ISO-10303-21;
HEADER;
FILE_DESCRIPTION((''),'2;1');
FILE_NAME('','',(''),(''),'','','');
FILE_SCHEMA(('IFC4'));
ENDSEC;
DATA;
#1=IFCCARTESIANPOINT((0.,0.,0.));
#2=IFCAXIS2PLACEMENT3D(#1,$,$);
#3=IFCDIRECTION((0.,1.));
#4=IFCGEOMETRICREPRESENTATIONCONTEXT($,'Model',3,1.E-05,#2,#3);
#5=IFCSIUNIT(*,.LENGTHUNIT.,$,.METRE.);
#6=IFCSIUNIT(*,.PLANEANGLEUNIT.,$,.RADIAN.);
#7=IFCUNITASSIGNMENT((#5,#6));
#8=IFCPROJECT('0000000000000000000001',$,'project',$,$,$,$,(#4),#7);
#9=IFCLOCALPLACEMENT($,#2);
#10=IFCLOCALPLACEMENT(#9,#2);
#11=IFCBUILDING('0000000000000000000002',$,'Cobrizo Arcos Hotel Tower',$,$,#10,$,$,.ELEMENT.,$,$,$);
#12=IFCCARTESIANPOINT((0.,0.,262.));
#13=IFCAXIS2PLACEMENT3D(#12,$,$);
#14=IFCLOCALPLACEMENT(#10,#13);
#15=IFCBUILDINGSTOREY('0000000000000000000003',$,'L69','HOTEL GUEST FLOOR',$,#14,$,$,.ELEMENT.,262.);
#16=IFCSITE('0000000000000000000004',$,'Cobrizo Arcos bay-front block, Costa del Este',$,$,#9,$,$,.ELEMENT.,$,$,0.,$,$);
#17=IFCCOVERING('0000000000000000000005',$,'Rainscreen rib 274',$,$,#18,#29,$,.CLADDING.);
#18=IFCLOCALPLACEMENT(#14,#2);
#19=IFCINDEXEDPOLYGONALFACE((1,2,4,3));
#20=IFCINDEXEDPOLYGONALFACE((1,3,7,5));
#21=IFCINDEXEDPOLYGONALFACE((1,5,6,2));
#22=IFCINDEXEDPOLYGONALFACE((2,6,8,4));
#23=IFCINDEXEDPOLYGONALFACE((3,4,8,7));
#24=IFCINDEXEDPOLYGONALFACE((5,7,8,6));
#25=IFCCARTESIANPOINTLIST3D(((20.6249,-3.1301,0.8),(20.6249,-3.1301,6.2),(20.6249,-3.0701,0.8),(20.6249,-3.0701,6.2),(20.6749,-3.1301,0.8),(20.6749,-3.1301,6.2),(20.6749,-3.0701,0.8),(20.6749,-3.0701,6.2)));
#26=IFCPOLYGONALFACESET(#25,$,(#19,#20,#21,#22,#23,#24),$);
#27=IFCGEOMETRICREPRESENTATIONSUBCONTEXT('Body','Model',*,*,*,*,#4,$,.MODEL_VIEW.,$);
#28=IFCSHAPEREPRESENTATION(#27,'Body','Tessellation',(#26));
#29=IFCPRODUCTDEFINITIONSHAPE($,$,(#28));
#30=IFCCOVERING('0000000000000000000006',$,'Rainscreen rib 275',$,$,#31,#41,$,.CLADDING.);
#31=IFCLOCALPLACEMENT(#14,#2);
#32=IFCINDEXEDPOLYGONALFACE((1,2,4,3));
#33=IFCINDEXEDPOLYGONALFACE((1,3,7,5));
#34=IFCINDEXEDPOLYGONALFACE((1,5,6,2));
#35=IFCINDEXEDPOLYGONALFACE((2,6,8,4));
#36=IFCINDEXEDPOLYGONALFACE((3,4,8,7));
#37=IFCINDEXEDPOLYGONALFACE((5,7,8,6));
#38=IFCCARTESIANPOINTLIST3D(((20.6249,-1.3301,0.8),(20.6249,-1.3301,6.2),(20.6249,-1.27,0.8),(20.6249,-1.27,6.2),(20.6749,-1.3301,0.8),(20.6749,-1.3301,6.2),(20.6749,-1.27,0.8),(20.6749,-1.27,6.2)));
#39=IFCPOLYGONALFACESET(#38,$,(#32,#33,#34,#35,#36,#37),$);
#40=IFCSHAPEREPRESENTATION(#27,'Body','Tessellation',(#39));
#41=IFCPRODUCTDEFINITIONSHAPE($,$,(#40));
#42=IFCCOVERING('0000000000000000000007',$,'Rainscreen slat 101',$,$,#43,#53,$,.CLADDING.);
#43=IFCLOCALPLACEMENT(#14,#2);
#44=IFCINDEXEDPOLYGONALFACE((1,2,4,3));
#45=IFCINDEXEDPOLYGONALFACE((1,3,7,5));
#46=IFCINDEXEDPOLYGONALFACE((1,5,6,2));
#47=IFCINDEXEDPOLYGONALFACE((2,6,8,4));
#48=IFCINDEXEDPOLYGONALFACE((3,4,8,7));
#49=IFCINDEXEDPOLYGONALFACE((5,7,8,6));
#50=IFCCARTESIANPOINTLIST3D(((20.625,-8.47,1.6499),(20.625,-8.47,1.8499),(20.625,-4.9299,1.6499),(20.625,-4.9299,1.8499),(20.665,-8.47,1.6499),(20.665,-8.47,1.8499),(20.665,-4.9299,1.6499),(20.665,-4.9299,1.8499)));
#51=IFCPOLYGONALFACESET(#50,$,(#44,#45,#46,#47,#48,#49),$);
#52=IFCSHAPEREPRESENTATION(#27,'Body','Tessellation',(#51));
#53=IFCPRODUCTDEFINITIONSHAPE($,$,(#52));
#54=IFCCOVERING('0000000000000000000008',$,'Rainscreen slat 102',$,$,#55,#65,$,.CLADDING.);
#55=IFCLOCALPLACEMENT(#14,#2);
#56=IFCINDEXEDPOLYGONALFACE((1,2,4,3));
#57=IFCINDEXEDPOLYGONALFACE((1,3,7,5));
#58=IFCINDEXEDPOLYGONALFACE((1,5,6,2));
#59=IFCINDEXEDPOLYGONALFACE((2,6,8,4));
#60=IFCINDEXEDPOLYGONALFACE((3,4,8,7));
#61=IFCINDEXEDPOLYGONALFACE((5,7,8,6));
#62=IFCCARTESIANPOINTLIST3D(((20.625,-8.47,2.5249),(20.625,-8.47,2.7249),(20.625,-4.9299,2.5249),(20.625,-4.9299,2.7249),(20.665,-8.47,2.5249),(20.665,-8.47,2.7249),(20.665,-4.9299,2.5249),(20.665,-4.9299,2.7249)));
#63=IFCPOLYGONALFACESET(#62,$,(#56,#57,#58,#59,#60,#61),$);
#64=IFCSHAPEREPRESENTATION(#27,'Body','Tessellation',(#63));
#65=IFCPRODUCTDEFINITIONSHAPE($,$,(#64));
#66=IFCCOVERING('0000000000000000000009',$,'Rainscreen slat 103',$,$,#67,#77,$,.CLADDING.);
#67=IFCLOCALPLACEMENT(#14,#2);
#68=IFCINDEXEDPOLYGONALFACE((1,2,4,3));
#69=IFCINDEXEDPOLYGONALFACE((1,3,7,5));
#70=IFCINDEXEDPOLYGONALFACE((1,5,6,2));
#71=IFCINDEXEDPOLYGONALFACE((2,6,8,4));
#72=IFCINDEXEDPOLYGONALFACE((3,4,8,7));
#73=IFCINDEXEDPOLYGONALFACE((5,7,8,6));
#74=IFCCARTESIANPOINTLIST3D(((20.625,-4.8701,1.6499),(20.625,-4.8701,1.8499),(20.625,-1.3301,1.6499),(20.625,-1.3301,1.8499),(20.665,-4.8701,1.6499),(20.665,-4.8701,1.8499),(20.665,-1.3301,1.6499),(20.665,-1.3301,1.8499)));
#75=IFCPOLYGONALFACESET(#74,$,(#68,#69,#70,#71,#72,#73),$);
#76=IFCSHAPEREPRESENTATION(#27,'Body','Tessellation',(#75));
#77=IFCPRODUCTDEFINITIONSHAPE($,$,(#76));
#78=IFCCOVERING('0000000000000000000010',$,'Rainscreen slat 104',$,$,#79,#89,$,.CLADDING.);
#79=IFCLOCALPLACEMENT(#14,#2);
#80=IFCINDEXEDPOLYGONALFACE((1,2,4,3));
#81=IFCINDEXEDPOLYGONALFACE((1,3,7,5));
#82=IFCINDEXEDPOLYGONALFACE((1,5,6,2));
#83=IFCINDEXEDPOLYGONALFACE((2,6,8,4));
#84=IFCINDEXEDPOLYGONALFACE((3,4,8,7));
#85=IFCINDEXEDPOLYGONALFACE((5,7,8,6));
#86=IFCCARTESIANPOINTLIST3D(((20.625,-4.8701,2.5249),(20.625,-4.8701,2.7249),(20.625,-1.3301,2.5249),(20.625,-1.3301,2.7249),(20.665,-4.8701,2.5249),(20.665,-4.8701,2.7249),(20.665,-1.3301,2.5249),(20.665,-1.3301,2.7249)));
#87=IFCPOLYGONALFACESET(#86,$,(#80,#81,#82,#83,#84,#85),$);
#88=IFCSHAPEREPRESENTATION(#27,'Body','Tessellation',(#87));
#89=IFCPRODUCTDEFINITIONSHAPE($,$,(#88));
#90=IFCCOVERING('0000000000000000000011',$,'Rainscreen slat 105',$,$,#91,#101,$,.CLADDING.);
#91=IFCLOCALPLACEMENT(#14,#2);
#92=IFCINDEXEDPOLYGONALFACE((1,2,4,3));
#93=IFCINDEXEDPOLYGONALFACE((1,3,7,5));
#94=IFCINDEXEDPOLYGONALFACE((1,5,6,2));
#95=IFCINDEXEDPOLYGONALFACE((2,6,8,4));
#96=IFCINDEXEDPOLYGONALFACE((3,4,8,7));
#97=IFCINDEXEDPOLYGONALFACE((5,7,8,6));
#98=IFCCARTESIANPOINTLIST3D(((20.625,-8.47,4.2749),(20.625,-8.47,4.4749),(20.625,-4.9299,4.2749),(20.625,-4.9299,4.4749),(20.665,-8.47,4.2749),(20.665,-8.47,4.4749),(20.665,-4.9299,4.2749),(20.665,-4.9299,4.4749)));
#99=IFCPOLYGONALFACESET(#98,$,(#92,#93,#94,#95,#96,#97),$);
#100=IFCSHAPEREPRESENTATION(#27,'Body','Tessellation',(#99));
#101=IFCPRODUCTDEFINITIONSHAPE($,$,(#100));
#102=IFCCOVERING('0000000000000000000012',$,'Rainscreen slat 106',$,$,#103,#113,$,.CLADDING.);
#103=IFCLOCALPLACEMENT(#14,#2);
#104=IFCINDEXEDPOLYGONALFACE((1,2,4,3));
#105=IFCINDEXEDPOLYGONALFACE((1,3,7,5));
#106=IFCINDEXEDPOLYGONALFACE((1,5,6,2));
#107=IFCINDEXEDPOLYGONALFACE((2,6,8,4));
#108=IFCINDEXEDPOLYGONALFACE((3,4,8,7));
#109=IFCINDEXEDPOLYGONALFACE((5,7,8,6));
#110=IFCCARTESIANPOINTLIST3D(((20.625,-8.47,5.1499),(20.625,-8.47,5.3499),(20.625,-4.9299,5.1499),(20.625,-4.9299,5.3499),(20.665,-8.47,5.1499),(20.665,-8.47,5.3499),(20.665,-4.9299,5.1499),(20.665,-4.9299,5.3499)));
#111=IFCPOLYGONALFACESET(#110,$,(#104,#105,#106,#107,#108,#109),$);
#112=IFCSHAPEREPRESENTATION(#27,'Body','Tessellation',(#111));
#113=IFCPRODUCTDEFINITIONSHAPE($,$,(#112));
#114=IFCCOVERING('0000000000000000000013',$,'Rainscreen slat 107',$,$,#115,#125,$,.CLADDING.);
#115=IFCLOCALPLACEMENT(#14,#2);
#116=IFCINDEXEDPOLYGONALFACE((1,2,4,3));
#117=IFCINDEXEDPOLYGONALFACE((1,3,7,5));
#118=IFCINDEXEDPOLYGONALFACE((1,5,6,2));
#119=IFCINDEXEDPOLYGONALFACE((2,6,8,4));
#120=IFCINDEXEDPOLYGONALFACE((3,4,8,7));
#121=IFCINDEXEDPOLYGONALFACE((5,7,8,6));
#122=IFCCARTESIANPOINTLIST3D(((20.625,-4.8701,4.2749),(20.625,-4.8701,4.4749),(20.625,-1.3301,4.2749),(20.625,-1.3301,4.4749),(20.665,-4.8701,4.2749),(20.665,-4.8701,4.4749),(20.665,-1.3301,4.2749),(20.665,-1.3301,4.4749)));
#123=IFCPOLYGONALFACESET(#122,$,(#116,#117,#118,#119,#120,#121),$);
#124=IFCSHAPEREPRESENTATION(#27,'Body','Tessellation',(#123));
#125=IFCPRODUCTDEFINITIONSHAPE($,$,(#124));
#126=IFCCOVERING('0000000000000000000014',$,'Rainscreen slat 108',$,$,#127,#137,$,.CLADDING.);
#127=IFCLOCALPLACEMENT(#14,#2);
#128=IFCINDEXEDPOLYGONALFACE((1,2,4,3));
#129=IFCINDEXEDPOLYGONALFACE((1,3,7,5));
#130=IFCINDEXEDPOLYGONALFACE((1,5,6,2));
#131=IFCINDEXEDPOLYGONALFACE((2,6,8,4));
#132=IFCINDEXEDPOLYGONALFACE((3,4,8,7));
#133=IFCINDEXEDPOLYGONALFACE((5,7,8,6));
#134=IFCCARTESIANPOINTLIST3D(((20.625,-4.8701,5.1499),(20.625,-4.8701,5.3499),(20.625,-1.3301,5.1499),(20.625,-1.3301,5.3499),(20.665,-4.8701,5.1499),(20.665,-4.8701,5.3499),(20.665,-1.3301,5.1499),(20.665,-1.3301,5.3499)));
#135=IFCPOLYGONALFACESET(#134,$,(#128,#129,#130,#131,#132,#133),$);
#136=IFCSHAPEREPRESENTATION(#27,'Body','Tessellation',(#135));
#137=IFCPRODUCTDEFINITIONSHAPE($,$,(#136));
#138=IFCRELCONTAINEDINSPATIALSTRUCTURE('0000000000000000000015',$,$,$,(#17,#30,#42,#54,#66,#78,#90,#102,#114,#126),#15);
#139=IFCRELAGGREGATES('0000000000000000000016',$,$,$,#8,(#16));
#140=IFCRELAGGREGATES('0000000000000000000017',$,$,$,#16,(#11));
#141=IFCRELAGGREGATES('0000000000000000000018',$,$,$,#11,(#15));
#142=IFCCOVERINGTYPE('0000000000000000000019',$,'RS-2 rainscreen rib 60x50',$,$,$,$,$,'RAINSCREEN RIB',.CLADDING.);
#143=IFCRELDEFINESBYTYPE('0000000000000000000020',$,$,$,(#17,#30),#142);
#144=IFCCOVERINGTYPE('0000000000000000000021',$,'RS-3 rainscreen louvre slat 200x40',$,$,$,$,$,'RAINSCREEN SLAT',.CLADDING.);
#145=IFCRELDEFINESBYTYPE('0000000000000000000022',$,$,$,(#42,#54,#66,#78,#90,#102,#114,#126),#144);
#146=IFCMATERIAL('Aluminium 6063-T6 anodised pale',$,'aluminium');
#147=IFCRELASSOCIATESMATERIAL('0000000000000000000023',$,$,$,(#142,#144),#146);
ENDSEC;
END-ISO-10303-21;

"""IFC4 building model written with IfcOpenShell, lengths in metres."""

from ifc_helpers import new_model, si_unit, direction, frame, origin, origin_2d, place, context, subcontext, project, spatial, rectangle, extrude, material, type_object, element, save


model = new_model("IFC4")

# Units and contexts
model_context = context("Model", 3, precision=1e-05, world=origin(), true_north=direction((0.0, 1.0)))
body_context = subcontext(model_context, "Body", "Model", "MODEL_VIEW")
ifc_project = project(units=[si_unit("LENGTHUNIT", "METRE"), si_unit("PLANEANGLEUNIT", "RADIAN")], contexts=[model_context])

# Site, building, storey
site_placement = place(None, origin())
site = spatial("IfcSite", under=ifc_project, at=site_placement, Name="Cobrizo Arcos bay-front block, Costa del Este", CompositionType="ELEMENT", RefElevation=0.0)
building_placement = place(site_placement, origin())
building = spatial("IfcBuilding", under=site, at=building_placement, Name="Cobrizo Arcos Hotel Tower", CompositionType="ELEMENT")
storey_placement = place(building_placement, frame((0.0, 0.0, 262.0)))
storey = spatial("IfcBuildingStorey", under=building, at=storey_placement, Name="L69", Description="HOTEL GUEST FLOOR", CompositionType="ELEMENT", Elevation=262.0)

# Coverings
ifc_material_1 = material(Name="Aluminium 6063-T6 anodised pale", Category="aluminium")
covering_type_1 = type_object("IfcCoveringType", Name="RS-2 rainscreen rib 60x50", ElementType="RAINSCREEN RIB", PredefinedType="CLADDING", material=ifc_material_1)
for number, where, z_axis, x_axis, name in (
    (1, (20.6499, -3.1001, 0.8), (0.0, 0.0, 1.0), (0.0, 1.0, 0.0), "Rainscreen rib 274"),
    (2, (20.6499, -1.3, 0.8), (0.0, 0.0, 1.0), (0.0, 1.0, 0.0), "Rainscreen rib 275"),
):
    element("IfcCovering", number, at=place(storey_placement, frame(where, z_axis=z_axis, x_axis=x_axis)), inside=storey, type_object=covering_type_1, Name=name, PredefinedType="CLADDING", context=body_context, shape_type="SweptSolid", body=[
        extrude(rectangle(XDim=0.0601, YDim=0.05, at=origin_2d()), origin(), (0.0, 0.0, 1.0), 5.3999),
    ])
covering_type_2 = type_object("IfcCoveringType", Name="RS-3 rainscreen louvre slat 200x40", ElementType="RAINSCREEN SLAT", PredefinedType="CLADDING", material=ifc_material_1)
for number, where, z_axis, x_axis, name in (
    (3, (20.645, -6.7, 1.6499), (0.0, 0.0, 1.0), (0.0, 1.0, 0.0), "Rainscreen slat 101"),
    (4, (20.645, -6.7, 2.5249), (0.0, 0.0, 1.0), (0.0, 1.0, 0.0), "Rainscreen slat 102"),
    (5, (20.645, -3.1001, 1.6499), (0.0, 0.0, 1.0), (0.0, 1.0, 0.0), "Rainscreen slat 103"),
    (6, (20.645, -3.1001, 2.5249), (0.0, 0.0, 1.0), (0.0, 1.0, 0.0), "Rainscreen slat 104"),
    (7, (20.645, -6.7, 4.2749), (0.0, 0.0, 1.0), (0.0, 1.0, 0.0), "Rainscreen slat 105"),
    (8, (20.645, -6.7, 5.1499), (0.0, 0.0, 1.0), (0.0, 1.0, 0.0), "Rainscreen slat 106"),
    (9, (20.645, -3.1001, 4.2749), (0.0, 0.0, 1.0), (0.0, 1.0, 0.0), "Rainscreen slat 107"),
    (10, (20.645, -3.1001, 5.1499), (0.0, 0.0, 1.0), (0.0, 1.0, 0.0), "Rainscreen slat 108"),
):
    element("IfcCovering", number, at=place(storey_placement, frame(where, z_axis=z_axis, x_axis=x_axis)), inside=storey, type_object=covering_type_2, Name=name, PredefinedType="CLADDING", context=body_context, shape_type="SweptSolid", body=[
        extrude(rectangle(XDim=3.54, YDim=0.04, at=origin_2d()), origin(), (0.0, 0.0, 1.0), 0.2),
    ])

save(model, "model.ifc")
